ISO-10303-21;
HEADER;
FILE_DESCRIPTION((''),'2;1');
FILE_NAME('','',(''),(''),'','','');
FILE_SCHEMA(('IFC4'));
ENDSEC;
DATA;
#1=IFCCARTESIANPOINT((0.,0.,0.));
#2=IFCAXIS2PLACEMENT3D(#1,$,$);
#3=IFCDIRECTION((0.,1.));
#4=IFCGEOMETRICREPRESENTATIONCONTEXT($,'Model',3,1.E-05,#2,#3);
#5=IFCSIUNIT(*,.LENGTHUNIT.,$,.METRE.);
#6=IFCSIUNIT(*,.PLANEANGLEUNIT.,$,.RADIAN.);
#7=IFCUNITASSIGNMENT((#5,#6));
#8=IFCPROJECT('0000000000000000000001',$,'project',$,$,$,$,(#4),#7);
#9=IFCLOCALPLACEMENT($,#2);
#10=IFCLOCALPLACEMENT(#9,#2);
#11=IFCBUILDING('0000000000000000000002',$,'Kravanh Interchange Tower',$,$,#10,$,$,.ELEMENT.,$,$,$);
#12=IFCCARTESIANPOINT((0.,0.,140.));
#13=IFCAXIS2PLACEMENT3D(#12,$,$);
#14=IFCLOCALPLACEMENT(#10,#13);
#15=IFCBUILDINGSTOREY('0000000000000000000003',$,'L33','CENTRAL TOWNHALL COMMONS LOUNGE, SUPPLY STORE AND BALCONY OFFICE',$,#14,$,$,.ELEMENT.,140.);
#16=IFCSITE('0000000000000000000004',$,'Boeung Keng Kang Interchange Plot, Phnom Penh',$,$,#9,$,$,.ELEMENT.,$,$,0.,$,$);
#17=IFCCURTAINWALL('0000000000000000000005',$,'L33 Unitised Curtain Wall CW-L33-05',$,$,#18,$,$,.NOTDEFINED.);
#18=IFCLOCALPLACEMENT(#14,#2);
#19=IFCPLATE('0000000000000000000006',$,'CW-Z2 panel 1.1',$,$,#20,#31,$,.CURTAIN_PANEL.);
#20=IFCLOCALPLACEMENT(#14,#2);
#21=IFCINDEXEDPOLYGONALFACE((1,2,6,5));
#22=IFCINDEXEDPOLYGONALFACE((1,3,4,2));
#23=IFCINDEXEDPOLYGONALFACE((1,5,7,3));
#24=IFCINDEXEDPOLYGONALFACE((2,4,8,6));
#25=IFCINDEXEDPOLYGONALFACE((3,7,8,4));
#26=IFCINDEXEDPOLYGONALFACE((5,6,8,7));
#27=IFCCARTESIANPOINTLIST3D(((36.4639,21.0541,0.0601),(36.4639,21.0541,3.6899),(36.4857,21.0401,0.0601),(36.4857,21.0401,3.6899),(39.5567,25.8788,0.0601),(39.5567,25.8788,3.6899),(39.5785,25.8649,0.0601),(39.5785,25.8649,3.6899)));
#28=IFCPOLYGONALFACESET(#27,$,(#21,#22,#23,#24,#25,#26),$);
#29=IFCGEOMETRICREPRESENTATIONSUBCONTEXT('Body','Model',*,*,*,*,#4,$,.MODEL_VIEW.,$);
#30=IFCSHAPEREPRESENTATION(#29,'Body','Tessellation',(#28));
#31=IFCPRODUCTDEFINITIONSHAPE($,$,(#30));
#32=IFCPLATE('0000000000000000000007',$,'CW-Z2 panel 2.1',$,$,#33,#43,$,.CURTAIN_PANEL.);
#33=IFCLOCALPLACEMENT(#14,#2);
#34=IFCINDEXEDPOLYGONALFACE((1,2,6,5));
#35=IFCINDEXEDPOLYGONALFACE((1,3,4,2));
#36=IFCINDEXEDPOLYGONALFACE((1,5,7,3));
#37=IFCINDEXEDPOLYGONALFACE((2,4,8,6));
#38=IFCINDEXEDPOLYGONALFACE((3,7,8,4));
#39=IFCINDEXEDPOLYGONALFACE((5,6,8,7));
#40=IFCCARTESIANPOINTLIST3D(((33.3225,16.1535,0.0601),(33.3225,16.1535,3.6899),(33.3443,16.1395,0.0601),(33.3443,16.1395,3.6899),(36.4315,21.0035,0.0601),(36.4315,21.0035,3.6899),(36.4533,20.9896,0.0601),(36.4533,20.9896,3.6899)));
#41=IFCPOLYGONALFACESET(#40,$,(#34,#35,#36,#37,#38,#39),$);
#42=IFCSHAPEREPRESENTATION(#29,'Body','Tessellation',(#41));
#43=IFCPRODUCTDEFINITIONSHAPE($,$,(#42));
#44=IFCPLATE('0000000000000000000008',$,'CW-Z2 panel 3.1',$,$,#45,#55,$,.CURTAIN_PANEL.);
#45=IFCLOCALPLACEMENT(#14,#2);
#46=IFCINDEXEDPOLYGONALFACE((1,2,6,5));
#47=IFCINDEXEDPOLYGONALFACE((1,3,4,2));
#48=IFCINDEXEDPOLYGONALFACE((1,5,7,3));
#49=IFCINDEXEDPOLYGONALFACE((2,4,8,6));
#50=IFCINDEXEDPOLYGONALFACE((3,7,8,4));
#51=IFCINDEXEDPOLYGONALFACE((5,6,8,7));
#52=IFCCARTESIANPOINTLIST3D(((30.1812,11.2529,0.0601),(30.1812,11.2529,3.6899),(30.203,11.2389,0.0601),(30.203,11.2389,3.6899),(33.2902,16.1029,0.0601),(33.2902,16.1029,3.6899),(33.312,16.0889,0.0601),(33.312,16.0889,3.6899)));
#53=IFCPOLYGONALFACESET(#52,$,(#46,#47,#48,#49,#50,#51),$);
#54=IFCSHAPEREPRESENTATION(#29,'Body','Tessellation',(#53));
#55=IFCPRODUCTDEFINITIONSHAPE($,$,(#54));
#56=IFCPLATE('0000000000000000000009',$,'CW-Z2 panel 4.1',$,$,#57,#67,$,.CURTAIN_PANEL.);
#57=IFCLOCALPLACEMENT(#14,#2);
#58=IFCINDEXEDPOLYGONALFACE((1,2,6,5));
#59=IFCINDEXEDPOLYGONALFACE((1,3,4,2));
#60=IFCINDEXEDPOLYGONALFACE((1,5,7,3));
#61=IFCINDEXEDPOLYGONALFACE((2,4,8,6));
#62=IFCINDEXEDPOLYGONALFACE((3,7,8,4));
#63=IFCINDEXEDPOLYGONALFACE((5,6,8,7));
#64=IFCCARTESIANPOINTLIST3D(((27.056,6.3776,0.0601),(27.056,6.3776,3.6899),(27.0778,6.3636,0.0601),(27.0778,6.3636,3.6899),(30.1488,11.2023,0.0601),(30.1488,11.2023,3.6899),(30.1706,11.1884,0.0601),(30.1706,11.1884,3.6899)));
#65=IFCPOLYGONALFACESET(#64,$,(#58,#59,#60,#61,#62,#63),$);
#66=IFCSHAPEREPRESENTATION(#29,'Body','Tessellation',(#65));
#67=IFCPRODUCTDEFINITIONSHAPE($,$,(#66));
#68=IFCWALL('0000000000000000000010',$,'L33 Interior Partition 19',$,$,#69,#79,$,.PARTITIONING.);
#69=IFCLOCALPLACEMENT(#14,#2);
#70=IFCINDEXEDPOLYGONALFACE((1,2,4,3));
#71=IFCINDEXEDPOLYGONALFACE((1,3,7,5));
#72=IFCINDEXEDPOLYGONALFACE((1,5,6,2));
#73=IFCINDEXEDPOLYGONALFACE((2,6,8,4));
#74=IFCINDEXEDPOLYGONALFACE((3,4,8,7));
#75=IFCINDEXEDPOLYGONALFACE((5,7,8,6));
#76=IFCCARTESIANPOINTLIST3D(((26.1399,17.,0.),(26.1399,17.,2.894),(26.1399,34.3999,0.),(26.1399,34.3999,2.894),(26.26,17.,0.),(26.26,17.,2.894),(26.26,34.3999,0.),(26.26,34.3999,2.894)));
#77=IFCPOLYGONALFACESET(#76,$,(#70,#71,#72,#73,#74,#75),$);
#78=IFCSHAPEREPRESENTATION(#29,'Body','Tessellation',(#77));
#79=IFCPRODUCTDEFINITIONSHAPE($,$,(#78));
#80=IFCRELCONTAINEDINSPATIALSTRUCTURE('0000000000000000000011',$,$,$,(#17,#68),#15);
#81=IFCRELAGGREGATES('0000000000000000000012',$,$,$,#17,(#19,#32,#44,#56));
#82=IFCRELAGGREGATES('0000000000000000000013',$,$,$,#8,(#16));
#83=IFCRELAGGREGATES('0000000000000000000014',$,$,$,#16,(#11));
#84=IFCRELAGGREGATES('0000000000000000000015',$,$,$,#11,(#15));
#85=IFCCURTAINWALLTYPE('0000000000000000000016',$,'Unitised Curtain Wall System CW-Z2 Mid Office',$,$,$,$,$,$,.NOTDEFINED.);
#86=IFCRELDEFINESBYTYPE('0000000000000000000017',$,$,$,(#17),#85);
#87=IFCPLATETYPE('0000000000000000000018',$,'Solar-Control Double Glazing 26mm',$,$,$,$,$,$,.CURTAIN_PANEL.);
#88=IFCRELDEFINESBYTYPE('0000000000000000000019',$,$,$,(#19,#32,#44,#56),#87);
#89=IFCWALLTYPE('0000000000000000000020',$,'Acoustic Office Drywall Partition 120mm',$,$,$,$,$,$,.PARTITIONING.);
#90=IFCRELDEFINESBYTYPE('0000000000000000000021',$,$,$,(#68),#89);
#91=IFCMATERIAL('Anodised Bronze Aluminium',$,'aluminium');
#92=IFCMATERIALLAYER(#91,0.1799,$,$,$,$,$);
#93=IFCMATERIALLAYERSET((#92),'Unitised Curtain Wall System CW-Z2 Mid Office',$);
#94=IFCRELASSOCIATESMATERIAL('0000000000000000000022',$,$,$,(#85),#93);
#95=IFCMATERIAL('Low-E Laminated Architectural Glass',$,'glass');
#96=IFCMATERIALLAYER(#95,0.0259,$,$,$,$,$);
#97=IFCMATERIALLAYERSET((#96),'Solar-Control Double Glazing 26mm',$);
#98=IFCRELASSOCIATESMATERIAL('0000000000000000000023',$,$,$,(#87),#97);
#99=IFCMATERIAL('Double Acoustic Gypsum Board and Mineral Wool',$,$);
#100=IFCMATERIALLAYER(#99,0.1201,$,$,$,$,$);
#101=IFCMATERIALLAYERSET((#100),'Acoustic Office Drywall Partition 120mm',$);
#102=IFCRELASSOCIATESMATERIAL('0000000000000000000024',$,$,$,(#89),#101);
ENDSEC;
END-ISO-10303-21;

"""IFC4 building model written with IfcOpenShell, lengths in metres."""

from ifc_helpers import new_model, si_unit, direction, frame, frame_2d, origin, origin_2d, place, context, subcontext, project, spatial, rectangle, extrude, material, layer, layer_set, type_object, element, aggregate, save


model = new_model("IFC4")

# Units and contexts
model_context = context("Model", 3, precision=1e-05, world=origin(), true_north=direction((0.0, 1.0)))
body_context = subcontext(model_context, "Body", "Model", "MODEL_VIEW")
ifc_project = project(units=[si_unit("LENGTHUNIT", "METRE"), si_unit("PLANEANGLEUNIT", "RADIAN")], contexts=[model_context])

# Site, building, storey
site_placement = place(None, origin())
site = spatial("IfcSite", under=ifc_project, at=site_placement, Name="Boeung Keng Kang Interchange Plot, Phnom Penh", CompositionType="ELEMENT", RefElevation=0.0)
building_placement = place(site_placement, origin())
building = spatial("IfcBuilding", under=site, at=building_placement, Name="Kravanh Interchange Tower", CompositionType="ELEMENT")
storey_placement = place(building_placement, frame((0.0, 0.0, 140.0)))
storey = spatial("IfcBuildingStorey", under=building, at=storey_placement, Name="L33", Description="CENTRAL TOWNHALL COMMONS LOUNGE, SUPPLY STORE AND BALCONY OFFICE", CompositionType="ELEMENT", Elevation=140.0)

# Curtain wall
ifc_material_1 = material(Name="Anodised Bronze Aluminium", Category="aluminium")
ifc_layer_1 = layer(ifc_material_1, 0.1799)
ifc_layer_set_1 = layer_set([ifc_layer_1], Name="Unitised Curtain Wall System CW-Z2 Mid Office")
curtain_wall_type = type_object("IfcCurtainWallType", Name="Unitised Curtain Wall System CW-Z2 Mid Office", PredefinedType="NOTDEFINED", material=ifc_layer_set_1)
curtain_wall_1_placement = place(storey_placement, origin())
curtain_wall_1 = element("IfcCurtainWall", 1, at=curtain_wall_1_placement, inside=storey, type_object=curtain_wall_type, Name="L33 Unitised Curtain Wall CW-L33-05", PredefinedType="NOTDEFINED")

# Plates
ifc_material_2 = material(Name="Low-E Laminated Architectural Glass", Category="glass")
ifc_layer_2 = layer(ifc_material_2, 0.0259)
ifc_layer_set_2 = layer_set([ifc_layer_2], Name="Solar-Control Double Glazing 26mm")
plate_type = type_object("IfcPlateType", Name="Solar-Control Double Glazing 26mm", PredefinedType="CURTAIN_PANEL", material=ifc_layer_set_2)
plate_1_placement = place(storey_placement, frame((38.0212, 23.4595, 0.0601), z_axis=(0.0, 0.0, 1.0), x_axis=(-0.539665, -0.84188, 0.0)))
plate_1 = element("IfcPlate", 2, at=plate_1_placement, type_object=plate_type, Name="CW-Z2 panel 1.1", PredefinedType="CURTAIN_PANEL", context=body_context, shape_type="SweptSolid", body=[
    extrude(rectangle(XDim=5.731, YDim=0.0259, at=origin_2d()), origin(), (0.0, 0.0, 1.0), 3.6299),
])
plate_2_placement = place(storey_placement, frame((34.8879, 18.5715, 0.0601), z_axis=(0.0, 0.0, 1.0), x_axis=(-0.539665, -0.84188, 0.0)))
plate_2 = element("IfcPlate", 3, at=plate_2_placement, type_object=plate_type, Name="CW-Z2 panel 2.1", PredefinedType="CURTAIN_PANEL", context=body_context, shape_type="SweptSolid", body=[
    extrude(rectangle(XDim=5.761, YDim=0.0259, at=origin_2d()), origin(), (0.0, 0.0, 1.0), 3.6299),
])
plate_3_placement = place(storey_placement, frame((31.7466, 13.6709, 0.0601), z_axis=(0.0, 0.0, 1.0), x_axis=(-0.539665, -0.84188, 0.0)))
plate_3 = element("IfcPlate", 4, at=plate_3_placement, type_object=plate_type, Name="CW-Z2 panel 3.1", PredefinedType="CURTAIN_PANEL", context=body_context, shape_type="SweptSolid", body=[
    extrude(rectangle(XDim=5.761, YDim=0.0259, at=origin_2d()), origin(), (0.0, 0.0, 1.0), 3.6299),
])
plate_4_placement = place(storey_placement, frame((28.6133, 8.783, 0.0601), z_axis=(0.0, 0.0, 1.0), x_axis=(-0.539665, -0.84188, 0.0)))
plate_4 = element("IfcPlate", 5, at=plate_4_placement, type_object=plate_type, Name="CW-Z2 panel 4.1", PredefinedType="CURTAIN_PANEL", context=body_context, shape_type="SweptSolid", body=[
    extrude(rectangle(XDim=5.731, YDim=0.0259, at=origin_2d()), origin(), (0.0, 0.0, 1.0), 3.6299),
])
aggregate(curtain_wall_1, [plate_1, plate_2, plate_3, plate_4])

# Wall
ifc_material_3 = material(Name="Double Acoustic Gypsum Board and Mineral Wool")
ifc_layer_3 = layer(ifc_material_3, 0.1201)
ifc_layer_set_3 = layer_set([ifc_layer_3], Name="Acoustic Office Drywall Partition 120mm")
wall_type = type_object("IfcWallType", Name="Acoustic Office Drywall Partition 120mm", PredefinedType="PARTITIONING", material=ifc_layer_set_3)
wall_placement = place(storey_placement, frame((26.2, 17.0, 0.0), z_axis=(0.0, 0.0, 1.0), x_axis=(0.0, 1.0, 0.0)))
element("IfcWall", 6, at=wall_placement, inside=storey, type_object=wall_type, Name="L33 Interior Partition 19", PredefinedType="PARTITIONING", context=body_context, shape_type="SweptSolid", body=[
    extrude(rectangle(XDim=17.3999, YDim=0.1201, at=frame_2d((8.7, 0.0))), origin(), (0.0, 0.0, 1.0), 2.894),
])

save(model, "model.ifc")
